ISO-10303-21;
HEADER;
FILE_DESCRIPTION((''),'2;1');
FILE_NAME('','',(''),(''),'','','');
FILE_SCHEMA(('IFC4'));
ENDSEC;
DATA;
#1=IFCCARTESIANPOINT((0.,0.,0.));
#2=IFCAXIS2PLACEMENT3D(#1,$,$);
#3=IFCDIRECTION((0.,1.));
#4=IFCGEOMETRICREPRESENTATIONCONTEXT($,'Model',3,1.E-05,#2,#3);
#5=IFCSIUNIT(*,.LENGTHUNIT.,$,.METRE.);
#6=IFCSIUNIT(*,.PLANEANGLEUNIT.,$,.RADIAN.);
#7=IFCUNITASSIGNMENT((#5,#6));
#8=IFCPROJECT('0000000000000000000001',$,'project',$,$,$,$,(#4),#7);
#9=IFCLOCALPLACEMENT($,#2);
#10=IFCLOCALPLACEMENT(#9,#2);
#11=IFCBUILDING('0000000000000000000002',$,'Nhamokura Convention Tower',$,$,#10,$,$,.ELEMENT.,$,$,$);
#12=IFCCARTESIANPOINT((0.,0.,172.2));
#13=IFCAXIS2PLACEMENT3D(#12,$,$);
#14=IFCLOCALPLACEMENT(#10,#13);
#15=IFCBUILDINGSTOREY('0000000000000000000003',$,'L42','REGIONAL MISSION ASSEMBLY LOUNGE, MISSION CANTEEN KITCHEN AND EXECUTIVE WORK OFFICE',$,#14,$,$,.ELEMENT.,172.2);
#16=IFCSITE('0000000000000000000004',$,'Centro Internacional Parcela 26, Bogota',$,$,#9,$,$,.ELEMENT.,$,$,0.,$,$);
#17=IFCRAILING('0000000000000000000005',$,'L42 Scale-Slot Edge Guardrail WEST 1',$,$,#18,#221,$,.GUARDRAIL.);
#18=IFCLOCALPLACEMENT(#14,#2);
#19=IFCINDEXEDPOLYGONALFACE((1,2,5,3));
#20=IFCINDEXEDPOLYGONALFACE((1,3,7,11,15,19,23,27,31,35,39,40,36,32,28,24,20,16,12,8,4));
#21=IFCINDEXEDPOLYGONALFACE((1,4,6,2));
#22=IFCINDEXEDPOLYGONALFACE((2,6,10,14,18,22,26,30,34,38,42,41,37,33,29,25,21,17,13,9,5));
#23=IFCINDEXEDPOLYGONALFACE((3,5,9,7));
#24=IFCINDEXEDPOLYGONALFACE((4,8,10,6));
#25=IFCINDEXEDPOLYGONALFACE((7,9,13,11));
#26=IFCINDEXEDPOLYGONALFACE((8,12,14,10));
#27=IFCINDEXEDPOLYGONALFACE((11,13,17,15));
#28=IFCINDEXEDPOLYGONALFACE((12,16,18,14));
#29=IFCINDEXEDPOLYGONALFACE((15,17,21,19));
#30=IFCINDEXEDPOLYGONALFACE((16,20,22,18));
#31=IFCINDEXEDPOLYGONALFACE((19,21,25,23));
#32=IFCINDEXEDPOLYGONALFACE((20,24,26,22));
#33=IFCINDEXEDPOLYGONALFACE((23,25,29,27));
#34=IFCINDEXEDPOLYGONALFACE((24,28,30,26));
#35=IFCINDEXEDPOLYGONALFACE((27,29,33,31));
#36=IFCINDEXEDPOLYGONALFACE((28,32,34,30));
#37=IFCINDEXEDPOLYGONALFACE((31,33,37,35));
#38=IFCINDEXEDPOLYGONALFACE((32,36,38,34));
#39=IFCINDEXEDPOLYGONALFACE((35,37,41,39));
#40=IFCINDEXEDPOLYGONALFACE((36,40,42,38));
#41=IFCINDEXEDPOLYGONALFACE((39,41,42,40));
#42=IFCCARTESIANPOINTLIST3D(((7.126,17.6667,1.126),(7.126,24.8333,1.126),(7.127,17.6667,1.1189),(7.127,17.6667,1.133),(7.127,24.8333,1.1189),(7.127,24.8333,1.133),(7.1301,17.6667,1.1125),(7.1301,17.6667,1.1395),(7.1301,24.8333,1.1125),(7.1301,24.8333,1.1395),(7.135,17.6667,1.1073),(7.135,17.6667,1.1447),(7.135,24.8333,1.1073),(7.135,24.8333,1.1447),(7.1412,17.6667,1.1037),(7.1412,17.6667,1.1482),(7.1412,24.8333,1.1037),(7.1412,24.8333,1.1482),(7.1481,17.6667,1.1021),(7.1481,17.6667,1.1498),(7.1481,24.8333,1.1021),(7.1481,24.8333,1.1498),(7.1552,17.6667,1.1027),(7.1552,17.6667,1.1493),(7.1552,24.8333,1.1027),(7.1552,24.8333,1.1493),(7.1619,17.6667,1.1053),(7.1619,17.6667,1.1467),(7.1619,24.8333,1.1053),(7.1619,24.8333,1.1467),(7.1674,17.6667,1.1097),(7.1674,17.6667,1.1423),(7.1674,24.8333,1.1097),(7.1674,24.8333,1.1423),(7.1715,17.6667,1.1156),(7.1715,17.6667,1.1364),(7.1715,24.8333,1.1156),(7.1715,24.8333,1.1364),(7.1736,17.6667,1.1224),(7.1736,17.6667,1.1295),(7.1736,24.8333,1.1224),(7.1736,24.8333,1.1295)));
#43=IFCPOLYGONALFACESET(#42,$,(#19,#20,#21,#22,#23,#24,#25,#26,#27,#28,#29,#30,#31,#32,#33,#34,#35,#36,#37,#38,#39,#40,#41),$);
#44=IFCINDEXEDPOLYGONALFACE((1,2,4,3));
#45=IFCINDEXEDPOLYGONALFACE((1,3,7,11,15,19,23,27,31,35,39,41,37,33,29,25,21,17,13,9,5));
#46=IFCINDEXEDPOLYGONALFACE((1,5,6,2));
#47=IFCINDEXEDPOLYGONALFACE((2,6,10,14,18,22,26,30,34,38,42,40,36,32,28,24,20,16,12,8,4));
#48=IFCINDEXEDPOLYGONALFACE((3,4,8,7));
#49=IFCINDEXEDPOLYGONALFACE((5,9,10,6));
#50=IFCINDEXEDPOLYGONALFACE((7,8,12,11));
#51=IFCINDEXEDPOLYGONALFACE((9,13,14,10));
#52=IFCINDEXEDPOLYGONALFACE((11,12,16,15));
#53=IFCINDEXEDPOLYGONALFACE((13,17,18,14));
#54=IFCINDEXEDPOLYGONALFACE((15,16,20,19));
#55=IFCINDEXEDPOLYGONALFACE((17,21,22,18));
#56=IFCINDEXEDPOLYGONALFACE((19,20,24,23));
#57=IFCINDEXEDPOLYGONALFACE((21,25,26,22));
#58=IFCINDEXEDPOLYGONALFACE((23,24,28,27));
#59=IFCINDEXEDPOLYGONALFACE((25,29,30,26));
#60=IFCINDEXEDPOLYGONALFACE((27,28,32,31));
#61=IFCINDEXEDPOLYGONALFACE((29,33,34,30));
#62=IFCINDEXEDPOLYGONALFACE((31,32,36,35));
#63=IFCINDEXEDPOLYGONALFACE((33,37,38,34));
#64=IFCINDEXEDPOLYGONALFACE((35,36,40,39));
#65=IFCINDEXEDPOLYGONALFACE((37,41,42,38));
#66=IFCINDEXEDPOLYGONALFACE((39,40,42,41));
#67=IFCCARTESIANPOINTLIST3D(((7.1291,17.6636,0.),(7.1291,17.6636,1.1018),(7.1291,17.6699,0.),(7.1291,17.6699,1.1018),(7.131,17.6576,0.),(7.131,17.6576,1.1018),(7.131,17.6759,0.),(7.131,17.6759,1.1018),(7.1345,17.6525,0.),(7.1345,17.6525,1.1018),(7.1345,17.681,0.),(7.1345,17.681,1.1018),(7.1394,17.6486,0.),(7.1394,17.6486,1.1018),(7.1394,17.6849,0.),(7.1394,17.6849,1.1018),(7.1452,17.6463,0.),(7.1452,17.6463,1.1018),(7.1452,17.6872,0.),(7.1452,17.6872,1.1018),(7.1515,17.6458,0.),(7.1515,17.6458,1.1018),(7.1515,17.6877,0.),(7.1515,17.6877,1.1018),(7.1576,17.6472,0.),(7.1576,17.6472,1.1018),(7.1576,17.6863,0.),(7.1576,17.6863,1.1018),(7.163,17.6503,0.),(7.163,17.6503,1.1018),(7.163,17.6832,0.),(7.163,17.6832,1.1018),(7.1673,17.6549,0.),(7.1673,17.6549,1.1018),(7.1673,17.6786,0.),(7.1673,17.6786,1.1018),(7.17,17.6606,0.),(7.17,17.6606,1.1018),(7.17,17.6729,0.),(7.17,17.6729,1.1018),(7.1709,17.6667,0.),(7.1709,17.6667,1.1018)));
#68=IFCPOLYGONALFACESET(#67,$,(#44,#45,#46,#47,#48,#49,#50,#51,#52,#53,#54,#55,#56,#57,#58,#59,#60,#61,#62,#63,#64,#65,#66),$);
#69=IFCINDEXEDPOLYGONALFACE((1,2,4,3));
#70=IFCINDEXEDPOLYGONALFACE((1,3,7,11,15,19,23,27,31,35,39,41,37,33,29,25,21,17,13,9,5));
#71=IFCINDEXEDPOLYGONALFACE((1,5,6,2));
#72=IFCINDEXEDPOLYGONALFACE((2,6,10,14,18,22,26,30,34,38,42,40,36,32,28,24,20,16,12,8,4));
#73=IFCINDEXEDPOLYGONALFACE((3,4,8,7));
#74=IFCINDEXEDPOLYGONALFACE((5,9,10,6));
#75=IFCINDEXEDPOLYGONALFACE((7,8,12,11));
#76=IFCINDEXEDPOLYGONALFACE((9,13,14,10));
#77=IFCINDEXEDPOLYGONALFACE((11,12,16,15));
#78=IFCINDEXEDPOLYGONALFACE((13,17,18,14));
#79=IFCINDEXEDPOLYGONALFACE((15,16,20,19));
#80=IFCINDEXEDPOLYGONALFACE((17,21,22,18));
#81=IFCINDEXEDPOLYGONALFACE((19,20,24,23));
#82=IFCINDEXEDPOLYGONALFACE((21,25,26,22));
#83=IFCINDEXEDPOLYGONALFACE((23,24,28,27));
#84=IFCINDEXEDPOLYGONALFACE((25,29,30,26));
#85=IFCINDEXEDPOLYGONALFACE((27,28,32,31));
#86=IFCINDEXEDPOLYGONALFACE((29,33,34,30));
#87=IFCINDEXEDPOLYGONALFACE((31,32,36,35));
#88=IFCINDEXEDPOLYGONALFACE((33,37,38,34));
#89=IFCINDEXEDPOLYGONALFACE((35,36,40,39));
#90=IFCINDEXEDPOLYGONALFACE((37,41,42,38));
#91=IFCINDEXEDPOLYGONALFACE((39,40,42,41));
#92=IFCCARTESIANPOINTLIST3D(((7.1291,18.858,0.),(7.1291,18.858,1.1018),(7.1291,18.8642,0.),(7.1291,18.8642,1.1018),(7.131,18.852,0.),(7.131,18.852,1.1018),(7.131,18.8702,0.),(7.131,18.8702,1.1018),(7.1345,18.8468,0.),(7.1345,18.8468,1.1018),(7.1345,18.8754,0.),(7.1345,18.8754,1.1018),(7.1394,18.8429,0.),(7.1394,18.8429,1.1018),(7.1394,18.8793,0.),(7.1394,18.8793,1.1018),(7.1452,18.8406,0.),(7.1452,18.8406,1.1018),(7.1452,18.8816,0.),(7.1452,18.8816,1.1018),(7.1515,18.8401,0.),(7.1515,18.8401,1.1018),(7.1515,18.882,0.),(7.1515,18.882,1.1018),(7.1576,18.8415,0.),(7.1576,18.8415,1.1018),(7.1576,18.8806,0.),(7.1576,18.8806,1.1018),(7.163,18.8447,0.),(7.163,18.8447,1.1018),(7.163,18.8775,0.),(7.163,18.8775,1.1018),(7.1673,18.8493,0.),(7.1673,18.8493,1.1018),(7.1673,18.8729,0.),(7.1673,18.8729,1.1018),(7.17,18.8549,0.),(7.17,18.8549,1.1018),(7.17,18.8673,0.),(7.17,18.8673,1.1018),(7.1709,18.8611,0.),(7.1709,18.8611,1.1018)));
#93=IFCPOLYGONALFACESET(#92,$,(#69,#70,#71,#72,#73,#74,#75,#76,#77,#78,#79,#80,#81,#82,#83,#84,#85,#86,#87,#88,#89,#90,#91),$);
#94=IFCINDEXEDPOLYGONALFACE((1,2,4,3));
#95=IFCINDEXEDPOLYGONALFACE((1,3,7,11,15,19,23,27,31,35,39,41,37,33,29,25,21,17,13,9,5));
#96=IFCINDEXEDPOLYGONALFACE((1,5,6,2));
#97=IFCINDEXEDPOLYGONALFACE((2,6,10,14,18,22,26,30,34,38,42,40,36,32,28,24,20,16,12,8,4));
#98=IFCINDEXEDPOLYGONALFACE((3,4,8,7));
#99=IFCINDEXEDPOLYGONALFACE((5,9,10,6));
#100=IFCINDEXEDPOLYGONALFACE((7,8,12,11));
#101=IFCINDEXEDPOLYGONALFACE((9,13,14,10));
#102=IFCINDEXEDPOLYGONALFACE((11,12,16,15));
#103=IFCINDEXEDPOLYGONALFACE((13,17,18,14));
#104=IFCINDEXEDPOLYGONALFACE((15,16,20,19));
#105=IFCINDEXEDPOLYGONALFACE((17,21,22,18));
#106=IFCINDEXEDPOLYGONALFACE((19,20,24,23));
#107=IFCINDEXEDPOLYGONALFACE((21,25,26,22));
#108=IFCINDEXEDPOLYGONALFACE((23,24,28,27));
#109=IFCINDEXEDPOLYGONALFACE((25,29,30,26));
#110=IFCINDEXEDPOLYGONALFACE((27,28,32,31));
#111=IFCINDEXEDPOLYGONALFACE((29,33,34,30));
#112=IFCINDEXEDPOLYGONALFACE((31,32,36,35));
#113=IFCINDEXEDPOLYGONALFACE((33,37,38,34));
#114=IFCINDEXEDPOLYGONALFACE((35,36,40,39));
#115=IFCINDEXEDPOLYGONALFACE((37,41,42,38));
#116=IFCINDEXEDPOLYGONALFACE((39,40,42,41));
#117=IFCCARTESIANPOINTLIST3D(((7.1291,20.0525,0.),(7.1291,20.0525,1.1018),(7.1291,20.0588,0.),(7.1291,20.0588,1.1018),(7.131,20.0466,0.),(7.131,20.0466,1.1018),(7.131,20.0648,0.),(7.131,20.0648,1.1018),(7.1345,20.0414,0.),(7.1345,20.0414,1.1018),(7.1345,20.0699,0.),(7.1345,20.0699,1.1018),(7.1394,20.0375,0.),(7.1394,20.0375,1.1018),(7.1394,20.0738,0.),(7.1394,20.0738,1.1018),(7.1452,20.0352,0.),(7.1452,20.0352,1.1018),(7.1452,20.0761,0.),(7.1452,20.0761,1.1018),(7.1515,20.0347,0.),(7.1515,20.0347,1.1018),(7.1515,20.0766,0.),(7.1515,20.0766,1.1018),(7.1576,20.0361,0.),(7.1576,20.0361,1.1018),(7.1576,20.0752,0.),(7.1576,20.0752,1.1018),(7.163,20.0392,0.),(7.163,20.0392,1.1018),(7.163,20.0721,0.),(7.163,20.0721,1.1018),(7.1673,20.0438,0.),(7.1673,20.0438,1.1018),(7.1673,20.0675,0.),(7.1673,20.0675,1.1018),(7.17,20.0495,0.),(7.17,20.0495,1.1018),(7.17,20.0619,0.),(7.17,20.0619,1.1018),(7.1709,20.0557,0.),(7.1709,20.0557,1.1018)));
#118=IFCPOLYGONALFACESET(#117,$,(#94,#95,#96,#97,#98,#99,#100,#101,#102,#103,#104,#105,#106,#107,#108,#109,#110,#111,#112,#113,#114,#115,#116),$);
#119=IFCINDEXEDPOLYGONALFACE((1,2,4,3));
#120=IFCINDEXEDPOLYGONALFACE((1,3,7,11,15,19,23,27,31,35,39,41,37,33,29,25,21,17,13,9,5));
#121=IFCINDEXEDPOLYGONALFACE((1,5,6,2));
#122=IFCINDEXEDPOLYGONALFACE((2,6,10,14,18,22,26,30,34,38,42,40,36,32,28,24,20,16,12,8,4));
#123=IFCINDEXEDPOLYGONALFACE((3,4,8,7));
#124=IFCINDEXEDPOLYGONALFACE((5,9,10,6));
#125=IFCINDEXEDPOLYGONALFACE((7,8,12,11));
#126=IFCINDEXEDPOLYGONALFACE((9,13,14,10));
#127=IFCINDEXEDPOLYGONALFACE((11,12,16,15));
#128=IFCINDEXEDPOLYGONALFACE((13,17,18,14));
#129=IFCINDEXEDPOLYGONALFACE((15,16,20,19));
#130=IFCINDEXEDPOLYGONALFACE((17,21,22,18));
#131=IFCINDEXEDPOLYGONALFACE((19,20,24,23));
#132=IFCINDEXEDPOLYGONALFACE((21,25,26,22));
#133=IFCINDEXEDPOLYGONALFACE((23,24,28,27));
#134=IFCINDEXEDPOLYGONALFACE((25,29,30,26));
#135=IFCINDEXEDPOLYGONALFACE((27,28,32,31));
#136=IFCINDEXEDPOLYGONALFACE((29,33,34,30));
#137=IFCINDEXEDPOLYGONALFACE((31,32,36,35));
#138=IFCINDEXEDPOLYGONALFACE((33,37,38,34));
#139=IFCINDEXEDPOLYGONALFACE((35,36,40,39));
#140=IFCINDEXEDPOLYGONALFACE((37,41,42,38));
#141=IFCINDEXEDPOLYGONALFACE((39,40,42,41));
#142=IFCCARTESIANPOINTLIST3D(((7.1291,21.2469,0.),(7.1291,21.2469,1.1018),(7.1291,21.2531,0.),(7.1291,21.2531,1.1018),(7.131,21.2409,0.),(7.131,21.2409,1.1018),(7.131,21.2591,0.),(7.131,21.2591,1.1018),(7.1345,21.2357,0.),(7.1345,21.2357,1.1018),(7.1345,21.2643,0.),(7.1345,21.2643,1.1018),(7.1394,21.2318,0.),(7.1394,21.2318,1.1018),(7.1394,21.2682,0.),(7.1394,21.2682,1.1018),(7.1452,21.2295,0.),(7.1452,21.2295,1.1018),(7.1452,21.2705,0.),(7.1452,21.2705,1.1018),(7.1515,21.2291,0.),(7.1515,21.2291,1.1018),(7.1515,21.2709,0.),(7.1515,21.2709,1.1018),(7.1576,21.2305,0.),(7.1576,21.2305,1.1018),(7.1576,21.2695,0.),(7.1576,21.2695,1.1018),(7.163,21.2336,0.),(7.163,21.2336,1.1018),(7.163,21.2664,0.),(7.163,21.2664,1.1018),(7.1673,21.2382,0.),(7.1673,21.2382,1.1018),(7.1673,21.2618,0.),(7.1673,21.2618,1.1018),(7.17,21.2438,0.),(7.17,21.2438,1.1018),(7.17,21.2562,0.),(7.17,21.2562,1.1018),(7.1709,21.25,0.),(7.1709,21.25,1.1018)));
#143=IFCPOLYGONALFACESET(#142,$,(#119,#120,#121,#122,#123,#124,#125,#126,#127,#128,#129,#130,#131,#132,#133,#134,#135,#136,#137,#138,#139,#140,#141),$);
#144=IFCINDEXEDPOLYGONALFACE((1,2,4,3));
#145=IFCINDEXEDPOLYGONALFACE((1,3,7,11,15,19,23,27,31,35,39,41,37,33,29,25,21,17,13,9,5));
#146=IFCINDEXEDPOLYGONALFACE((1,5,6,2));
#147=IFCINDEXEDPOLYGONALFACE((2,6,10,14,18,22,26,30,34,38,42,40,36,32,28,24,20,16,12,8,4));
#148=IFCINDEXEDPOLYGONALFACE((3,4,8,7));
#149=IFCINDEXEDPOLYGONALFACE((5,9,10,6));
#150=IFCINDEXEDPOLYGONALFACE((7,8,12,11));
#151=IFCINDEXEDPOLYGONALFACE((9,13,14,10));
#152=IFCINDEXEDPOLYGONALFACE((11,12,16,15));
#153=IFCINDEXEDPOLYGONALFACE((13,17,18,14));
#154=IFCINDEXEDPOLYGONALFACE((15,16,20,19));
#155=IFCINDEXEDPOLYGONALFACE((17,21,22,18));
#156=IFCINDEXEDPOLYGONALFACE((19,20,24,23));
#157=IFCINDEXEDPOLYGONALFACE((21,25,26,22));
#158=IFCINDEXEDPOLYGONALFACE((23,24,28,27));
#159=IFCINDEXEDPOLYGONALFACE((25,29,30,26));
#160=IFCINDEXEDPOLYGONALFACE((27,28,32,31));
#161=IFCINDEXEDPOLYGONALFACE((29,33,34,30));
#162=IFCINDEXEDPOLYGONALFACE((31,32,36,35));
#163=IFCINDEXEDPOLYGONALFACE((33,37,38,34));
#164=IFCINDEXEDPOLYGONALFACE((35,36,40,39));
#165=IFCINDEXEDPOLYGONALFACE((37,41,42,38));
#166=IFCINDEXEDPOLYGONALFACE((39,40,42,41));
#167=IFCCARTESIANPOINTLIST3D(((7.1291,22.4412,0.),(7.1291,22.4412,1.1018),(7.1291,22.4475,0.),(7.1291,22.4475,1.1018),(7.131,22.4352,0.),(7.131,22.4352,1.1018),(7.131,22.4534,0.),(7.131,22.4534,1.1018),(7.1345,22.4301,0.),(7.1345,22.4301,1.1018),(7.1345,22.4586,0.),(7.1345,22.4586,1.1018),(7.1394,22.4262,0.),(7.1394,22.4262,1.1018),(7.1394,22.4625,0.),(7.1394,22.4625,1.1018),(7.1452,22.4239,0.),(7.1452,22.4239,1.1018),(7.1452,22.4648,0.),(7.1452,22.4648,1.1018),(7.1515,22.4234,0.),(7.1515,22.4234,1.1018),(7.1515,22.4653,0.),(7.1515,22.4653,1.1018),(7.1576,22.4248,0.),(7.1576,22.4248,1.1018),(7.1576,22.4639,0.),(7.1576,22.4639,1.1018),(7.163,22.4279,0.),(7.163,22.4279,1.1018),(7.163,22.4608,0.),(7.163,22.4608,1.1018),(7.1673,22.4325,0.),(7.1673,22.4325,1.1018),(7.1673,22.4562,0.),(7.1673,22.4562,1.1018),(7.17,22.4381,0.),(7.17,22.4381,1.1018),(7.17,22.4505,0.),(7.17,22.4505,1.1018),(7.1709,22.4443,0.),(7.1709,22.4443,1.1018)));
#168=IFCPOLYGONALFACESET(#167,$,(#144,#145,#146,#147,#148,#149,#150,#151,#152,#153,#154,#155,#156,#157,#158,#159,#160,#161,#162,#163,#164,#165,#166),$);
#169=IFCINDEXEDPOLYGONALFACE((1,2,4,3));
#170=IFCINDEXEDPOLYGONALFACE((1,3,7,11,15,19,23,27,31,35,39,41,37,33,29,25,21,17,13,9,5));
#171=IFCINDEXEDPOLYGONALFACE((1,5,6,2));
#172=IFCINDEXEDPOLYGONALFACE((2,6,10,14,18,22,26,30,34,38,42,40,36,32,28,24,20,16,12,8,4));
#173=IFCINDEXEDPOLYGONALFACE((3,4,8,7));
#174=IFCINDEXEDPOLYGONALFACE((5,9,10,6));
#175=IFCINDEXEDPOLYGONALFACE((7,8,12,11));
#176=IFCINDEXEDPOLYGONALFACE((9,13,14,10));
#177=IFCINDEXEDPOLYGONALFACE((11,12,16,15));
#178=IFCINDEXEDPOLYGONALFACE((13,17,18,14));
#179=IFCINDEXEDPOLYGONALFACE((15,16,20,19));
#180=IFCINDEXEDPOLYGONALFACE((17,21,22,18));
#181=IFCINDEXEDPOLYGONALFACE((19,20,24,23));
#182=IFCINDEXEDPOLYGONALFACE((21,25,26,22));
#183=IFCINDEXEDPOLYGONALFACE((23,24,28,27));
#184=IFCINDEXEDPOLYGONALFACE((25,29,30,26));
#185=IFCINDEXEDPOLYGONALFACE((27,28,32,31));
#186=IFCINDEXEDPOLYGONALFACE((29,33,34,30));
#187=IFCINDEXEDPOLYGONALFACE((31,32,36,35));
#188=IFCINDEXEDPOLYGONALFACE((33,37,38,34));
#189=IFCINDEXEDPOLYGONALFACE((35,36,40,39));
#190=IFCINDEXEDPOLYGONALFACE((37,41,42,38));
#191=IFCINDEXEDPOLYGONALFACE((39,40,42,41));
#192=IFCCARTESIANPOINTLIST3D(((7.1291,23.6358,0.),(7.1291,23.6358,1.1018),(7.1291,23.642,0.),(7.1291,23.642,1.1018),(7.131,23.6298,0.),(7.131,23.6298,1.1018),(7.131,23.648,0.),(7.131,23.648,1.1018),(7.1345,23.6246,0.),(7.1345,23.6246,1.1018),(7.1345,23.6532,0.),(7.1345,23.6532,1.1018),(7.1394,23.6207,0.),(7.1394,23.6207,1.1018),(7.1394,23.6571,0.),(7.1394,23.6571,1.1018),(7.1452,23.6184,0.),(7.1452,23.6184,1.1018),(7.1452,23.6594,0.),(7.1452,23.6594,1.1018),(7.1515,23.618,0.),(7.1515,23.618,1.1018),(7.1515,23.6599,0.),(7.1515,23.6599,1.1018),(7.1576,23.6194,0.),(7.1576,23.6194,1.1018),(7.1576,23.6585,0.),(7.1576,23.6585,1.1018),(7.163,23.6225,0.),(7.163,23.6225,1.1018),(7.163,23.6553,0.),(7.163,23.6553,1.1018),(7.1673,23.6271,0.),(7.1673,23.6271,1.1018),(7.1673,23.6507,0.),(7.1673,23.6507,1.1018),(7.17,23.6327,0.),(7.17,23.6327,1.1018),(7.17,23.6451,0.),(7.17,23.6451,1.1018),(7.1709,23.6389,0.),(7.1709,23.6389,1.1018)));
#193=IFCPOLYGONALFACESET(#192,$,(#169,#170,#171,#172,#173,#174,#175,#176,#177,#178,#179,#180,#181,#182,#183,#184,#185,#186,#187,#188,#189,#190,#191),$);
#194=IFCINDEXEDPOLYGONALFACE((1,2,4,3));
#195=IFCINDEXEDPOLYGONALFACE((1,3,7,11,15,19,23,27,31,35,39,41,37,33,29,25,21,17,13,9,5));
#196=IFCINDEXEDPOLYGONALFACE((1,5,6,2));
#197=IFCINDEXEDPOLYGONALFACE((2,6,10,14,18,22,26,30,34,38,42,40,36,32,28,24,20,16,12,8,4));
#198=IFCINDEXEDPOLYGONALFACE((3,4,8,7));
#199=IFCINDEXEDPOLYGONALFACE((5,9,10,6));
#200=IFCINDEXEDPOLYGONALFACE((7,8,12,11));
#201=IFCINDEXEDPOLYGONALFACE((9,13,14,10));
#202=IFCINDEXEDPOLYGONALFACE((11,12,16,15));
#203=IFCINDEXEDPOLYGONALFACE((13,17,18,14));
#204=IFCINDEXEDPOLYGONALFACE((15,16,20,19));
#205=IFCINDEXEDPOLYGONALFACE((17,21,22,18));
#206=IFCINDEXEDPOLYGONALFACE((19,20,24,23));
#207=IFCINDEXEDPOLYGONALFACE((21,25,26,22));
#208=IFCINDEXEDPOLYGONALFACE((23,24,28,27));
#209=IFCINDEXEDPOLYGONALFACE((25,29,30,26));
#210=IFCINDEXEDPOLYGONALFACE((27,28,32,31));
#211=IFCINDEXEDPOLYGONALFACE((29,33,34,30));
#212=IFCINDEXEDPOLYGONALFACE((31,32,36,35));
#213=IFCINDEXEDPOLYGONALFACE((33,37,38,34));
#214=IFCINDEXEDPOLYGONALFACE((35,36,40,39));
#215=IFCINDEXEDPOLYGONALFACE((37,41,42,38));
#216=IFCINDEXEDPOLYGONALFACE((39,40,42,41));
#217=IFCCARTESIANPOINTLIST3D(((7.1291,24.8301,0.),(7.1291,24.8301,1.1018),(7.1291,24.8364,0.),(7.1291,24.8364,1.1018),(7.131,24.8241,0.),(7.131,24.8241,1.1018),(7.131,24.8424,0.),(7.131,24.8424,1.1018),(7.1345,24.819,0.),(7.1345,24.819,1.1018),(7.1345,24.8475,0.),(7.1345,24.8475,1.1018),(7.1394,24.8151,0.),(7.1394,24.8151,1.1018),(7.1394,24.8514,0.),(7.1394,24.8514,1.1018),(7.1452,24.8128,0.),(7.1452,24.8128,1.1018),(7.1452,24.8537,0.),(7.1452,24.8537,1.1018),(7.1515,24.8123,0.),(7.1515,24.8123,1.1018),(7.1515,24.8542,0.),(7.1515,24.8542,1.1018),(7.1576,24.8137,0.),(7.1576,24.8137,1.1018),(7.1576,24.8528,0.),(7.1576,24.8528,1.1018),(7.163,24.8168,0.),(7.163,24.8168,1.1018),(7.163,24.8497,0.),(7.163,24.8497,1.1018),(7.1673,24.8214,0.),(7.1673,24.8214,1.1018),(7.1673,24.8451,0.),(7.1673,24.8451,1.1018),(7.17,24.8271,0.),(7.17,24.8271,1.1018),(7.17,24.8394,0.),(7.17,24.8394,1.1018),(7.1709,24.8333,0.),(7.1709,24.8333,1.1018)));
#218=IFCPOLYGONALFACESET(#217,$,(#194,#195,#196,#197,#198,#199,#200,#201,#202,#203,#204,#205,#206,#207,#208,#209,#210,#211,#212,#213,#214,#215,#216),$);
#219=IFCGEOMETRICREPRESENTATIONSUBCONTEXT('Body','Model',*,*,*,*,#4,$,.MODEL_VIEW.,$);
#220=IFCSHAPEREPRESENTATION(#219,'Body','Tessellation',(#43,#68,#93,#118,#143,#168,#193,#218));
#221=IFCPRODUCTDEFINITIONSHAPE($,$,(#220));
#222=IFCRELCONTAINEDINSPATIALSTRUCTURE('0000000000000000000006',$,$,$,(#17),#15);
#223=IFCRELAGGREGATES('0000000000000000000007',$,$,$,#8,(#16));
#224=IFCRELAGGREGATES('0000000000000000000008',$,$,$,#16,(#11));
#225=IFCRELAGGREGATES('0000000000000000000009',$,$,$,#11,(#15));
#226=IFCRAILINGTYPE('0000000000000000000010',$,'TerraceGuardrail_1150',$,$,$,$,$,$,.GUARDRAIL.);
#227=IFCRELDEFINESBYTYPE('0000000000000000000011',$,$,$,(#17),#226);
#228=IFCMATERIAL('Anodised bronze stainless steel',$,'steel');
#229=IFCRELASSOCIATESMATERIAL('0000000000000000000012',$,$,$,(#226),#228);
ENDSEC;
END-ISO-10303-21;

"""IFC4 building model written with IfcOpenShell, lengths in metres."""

from ifc_helpers import new_model, si_unit, direction, frame, origin, origin_2d, place, context, subcontext, project, spatial, circle, extrude, material, type_object, element, save


model = new_model("IFC4")

# Units and contexts
model_context = context("Model", 3, precision=1e-05, world=origin(), true_north=direction((0.0, 1.0)))
body_context = subcontext(model_context, "Body", "Model", "MODEL_VIEW")
ifc_project = project(units=[si_unit("LENGTHUNIT", "METRE"), si_unit("PLANEANGLEUNIT", "RADIAN")], contexts=[model_context])

# Site, building, storey
site_placement = place(None, origin())
site = spatial("IfcSite", under=ifc_project, at=site_placement, Name="Centro Internacional Parcela 26, Bogota", CompositionType="ELEMENT", RefElevation=0.0)
building_placement = place(site_placement, origin())
building = spatial("IfcBuilding", under=site, at=building_placement, Name="Nhamokura Convention Tower", CompositionType="ELEMENT")
storey_placement = place(building_placement, frame((0.0, 0.0, 172.2)))
storey = spatial("IfcBuildingStorey", under=building, at=storey_placement, Name="L42", Description="REGIONAL MISSION ASSEMBLY LOUNGE, MISSION CANTEEN KITCHEN AND EXECUTIVE WORK OFFICE", CompositionType="ELEMENT", Elevation=172.2)

# Railing
ifc_material_1 = material(Name="Anodised bronze stainless steel", Category="steel")
railing_type = type_object("IfcRailingType", Name="TerraceGuardrail_1150", PredefinedType="GUARDRAIL", material=ifc_material_1)
railing_placement = place(storey_placement, frame((7.1499, 17.6667, 0.0)))
element("IfcRailing", 1, at=railing_placement, inside=storey, type_object=railing_type, Name="L42 Scale-Slot Edge Guardrail WEST 1", PredefinedType="GUARDRAIL", context=body_context, shape_type="SweptSolid", body=[
    extrude(circle(Radius=0.0239, at=origin_2d()), frame((0.0, 0.0, 1.126), z_axis=(0.0, 1.0, 0.0), x_axis=(-1.0, 0.0, 0.0)), (0.0, 0.0, 1.0), 7.1665),
    extrude(circle(Radius=0.021, at=origin_2d()), origin(), (0.0, 0.0, 1.0), 1.1018),
    extrude(circle(Radius=0.021, at=origin_2d()), frame((0.0, 1.1943, 0.0)), (0.0, 0.0, 1.0), 1.1018),
    extrude(circle(Radius=0.021, at=origin_2d()), frame((0.0, 2.3889, 0.0)), (0.0, 0.0, 1.0), 1.1018),
    extrude(circle(Radius=0.021, at=origin_2d()), frame((0.0, 3.5833, 0.0)), (0.0, 0.0, 1.0), 1.1018),
    extrude(circle(Radius=0.021, at=origin_2d()), frame((0.0, 4.7776, 0.0)), (0.0, 0.0, 1.0), 1.1018),
    extrude(circle(Radius=0.021, at=origin_2d()), frame((0.0, 5.9722, 0.0)), (0.0, 0.0, 1.0), 1.1018),
    extrude(circle(Radius=0.021, at=origin_2d()), frame((0.0, 7.1665, 0.0)), (0.0, 0.0, 1.0), 1.1018),
])

save(model, "model.ifc")
